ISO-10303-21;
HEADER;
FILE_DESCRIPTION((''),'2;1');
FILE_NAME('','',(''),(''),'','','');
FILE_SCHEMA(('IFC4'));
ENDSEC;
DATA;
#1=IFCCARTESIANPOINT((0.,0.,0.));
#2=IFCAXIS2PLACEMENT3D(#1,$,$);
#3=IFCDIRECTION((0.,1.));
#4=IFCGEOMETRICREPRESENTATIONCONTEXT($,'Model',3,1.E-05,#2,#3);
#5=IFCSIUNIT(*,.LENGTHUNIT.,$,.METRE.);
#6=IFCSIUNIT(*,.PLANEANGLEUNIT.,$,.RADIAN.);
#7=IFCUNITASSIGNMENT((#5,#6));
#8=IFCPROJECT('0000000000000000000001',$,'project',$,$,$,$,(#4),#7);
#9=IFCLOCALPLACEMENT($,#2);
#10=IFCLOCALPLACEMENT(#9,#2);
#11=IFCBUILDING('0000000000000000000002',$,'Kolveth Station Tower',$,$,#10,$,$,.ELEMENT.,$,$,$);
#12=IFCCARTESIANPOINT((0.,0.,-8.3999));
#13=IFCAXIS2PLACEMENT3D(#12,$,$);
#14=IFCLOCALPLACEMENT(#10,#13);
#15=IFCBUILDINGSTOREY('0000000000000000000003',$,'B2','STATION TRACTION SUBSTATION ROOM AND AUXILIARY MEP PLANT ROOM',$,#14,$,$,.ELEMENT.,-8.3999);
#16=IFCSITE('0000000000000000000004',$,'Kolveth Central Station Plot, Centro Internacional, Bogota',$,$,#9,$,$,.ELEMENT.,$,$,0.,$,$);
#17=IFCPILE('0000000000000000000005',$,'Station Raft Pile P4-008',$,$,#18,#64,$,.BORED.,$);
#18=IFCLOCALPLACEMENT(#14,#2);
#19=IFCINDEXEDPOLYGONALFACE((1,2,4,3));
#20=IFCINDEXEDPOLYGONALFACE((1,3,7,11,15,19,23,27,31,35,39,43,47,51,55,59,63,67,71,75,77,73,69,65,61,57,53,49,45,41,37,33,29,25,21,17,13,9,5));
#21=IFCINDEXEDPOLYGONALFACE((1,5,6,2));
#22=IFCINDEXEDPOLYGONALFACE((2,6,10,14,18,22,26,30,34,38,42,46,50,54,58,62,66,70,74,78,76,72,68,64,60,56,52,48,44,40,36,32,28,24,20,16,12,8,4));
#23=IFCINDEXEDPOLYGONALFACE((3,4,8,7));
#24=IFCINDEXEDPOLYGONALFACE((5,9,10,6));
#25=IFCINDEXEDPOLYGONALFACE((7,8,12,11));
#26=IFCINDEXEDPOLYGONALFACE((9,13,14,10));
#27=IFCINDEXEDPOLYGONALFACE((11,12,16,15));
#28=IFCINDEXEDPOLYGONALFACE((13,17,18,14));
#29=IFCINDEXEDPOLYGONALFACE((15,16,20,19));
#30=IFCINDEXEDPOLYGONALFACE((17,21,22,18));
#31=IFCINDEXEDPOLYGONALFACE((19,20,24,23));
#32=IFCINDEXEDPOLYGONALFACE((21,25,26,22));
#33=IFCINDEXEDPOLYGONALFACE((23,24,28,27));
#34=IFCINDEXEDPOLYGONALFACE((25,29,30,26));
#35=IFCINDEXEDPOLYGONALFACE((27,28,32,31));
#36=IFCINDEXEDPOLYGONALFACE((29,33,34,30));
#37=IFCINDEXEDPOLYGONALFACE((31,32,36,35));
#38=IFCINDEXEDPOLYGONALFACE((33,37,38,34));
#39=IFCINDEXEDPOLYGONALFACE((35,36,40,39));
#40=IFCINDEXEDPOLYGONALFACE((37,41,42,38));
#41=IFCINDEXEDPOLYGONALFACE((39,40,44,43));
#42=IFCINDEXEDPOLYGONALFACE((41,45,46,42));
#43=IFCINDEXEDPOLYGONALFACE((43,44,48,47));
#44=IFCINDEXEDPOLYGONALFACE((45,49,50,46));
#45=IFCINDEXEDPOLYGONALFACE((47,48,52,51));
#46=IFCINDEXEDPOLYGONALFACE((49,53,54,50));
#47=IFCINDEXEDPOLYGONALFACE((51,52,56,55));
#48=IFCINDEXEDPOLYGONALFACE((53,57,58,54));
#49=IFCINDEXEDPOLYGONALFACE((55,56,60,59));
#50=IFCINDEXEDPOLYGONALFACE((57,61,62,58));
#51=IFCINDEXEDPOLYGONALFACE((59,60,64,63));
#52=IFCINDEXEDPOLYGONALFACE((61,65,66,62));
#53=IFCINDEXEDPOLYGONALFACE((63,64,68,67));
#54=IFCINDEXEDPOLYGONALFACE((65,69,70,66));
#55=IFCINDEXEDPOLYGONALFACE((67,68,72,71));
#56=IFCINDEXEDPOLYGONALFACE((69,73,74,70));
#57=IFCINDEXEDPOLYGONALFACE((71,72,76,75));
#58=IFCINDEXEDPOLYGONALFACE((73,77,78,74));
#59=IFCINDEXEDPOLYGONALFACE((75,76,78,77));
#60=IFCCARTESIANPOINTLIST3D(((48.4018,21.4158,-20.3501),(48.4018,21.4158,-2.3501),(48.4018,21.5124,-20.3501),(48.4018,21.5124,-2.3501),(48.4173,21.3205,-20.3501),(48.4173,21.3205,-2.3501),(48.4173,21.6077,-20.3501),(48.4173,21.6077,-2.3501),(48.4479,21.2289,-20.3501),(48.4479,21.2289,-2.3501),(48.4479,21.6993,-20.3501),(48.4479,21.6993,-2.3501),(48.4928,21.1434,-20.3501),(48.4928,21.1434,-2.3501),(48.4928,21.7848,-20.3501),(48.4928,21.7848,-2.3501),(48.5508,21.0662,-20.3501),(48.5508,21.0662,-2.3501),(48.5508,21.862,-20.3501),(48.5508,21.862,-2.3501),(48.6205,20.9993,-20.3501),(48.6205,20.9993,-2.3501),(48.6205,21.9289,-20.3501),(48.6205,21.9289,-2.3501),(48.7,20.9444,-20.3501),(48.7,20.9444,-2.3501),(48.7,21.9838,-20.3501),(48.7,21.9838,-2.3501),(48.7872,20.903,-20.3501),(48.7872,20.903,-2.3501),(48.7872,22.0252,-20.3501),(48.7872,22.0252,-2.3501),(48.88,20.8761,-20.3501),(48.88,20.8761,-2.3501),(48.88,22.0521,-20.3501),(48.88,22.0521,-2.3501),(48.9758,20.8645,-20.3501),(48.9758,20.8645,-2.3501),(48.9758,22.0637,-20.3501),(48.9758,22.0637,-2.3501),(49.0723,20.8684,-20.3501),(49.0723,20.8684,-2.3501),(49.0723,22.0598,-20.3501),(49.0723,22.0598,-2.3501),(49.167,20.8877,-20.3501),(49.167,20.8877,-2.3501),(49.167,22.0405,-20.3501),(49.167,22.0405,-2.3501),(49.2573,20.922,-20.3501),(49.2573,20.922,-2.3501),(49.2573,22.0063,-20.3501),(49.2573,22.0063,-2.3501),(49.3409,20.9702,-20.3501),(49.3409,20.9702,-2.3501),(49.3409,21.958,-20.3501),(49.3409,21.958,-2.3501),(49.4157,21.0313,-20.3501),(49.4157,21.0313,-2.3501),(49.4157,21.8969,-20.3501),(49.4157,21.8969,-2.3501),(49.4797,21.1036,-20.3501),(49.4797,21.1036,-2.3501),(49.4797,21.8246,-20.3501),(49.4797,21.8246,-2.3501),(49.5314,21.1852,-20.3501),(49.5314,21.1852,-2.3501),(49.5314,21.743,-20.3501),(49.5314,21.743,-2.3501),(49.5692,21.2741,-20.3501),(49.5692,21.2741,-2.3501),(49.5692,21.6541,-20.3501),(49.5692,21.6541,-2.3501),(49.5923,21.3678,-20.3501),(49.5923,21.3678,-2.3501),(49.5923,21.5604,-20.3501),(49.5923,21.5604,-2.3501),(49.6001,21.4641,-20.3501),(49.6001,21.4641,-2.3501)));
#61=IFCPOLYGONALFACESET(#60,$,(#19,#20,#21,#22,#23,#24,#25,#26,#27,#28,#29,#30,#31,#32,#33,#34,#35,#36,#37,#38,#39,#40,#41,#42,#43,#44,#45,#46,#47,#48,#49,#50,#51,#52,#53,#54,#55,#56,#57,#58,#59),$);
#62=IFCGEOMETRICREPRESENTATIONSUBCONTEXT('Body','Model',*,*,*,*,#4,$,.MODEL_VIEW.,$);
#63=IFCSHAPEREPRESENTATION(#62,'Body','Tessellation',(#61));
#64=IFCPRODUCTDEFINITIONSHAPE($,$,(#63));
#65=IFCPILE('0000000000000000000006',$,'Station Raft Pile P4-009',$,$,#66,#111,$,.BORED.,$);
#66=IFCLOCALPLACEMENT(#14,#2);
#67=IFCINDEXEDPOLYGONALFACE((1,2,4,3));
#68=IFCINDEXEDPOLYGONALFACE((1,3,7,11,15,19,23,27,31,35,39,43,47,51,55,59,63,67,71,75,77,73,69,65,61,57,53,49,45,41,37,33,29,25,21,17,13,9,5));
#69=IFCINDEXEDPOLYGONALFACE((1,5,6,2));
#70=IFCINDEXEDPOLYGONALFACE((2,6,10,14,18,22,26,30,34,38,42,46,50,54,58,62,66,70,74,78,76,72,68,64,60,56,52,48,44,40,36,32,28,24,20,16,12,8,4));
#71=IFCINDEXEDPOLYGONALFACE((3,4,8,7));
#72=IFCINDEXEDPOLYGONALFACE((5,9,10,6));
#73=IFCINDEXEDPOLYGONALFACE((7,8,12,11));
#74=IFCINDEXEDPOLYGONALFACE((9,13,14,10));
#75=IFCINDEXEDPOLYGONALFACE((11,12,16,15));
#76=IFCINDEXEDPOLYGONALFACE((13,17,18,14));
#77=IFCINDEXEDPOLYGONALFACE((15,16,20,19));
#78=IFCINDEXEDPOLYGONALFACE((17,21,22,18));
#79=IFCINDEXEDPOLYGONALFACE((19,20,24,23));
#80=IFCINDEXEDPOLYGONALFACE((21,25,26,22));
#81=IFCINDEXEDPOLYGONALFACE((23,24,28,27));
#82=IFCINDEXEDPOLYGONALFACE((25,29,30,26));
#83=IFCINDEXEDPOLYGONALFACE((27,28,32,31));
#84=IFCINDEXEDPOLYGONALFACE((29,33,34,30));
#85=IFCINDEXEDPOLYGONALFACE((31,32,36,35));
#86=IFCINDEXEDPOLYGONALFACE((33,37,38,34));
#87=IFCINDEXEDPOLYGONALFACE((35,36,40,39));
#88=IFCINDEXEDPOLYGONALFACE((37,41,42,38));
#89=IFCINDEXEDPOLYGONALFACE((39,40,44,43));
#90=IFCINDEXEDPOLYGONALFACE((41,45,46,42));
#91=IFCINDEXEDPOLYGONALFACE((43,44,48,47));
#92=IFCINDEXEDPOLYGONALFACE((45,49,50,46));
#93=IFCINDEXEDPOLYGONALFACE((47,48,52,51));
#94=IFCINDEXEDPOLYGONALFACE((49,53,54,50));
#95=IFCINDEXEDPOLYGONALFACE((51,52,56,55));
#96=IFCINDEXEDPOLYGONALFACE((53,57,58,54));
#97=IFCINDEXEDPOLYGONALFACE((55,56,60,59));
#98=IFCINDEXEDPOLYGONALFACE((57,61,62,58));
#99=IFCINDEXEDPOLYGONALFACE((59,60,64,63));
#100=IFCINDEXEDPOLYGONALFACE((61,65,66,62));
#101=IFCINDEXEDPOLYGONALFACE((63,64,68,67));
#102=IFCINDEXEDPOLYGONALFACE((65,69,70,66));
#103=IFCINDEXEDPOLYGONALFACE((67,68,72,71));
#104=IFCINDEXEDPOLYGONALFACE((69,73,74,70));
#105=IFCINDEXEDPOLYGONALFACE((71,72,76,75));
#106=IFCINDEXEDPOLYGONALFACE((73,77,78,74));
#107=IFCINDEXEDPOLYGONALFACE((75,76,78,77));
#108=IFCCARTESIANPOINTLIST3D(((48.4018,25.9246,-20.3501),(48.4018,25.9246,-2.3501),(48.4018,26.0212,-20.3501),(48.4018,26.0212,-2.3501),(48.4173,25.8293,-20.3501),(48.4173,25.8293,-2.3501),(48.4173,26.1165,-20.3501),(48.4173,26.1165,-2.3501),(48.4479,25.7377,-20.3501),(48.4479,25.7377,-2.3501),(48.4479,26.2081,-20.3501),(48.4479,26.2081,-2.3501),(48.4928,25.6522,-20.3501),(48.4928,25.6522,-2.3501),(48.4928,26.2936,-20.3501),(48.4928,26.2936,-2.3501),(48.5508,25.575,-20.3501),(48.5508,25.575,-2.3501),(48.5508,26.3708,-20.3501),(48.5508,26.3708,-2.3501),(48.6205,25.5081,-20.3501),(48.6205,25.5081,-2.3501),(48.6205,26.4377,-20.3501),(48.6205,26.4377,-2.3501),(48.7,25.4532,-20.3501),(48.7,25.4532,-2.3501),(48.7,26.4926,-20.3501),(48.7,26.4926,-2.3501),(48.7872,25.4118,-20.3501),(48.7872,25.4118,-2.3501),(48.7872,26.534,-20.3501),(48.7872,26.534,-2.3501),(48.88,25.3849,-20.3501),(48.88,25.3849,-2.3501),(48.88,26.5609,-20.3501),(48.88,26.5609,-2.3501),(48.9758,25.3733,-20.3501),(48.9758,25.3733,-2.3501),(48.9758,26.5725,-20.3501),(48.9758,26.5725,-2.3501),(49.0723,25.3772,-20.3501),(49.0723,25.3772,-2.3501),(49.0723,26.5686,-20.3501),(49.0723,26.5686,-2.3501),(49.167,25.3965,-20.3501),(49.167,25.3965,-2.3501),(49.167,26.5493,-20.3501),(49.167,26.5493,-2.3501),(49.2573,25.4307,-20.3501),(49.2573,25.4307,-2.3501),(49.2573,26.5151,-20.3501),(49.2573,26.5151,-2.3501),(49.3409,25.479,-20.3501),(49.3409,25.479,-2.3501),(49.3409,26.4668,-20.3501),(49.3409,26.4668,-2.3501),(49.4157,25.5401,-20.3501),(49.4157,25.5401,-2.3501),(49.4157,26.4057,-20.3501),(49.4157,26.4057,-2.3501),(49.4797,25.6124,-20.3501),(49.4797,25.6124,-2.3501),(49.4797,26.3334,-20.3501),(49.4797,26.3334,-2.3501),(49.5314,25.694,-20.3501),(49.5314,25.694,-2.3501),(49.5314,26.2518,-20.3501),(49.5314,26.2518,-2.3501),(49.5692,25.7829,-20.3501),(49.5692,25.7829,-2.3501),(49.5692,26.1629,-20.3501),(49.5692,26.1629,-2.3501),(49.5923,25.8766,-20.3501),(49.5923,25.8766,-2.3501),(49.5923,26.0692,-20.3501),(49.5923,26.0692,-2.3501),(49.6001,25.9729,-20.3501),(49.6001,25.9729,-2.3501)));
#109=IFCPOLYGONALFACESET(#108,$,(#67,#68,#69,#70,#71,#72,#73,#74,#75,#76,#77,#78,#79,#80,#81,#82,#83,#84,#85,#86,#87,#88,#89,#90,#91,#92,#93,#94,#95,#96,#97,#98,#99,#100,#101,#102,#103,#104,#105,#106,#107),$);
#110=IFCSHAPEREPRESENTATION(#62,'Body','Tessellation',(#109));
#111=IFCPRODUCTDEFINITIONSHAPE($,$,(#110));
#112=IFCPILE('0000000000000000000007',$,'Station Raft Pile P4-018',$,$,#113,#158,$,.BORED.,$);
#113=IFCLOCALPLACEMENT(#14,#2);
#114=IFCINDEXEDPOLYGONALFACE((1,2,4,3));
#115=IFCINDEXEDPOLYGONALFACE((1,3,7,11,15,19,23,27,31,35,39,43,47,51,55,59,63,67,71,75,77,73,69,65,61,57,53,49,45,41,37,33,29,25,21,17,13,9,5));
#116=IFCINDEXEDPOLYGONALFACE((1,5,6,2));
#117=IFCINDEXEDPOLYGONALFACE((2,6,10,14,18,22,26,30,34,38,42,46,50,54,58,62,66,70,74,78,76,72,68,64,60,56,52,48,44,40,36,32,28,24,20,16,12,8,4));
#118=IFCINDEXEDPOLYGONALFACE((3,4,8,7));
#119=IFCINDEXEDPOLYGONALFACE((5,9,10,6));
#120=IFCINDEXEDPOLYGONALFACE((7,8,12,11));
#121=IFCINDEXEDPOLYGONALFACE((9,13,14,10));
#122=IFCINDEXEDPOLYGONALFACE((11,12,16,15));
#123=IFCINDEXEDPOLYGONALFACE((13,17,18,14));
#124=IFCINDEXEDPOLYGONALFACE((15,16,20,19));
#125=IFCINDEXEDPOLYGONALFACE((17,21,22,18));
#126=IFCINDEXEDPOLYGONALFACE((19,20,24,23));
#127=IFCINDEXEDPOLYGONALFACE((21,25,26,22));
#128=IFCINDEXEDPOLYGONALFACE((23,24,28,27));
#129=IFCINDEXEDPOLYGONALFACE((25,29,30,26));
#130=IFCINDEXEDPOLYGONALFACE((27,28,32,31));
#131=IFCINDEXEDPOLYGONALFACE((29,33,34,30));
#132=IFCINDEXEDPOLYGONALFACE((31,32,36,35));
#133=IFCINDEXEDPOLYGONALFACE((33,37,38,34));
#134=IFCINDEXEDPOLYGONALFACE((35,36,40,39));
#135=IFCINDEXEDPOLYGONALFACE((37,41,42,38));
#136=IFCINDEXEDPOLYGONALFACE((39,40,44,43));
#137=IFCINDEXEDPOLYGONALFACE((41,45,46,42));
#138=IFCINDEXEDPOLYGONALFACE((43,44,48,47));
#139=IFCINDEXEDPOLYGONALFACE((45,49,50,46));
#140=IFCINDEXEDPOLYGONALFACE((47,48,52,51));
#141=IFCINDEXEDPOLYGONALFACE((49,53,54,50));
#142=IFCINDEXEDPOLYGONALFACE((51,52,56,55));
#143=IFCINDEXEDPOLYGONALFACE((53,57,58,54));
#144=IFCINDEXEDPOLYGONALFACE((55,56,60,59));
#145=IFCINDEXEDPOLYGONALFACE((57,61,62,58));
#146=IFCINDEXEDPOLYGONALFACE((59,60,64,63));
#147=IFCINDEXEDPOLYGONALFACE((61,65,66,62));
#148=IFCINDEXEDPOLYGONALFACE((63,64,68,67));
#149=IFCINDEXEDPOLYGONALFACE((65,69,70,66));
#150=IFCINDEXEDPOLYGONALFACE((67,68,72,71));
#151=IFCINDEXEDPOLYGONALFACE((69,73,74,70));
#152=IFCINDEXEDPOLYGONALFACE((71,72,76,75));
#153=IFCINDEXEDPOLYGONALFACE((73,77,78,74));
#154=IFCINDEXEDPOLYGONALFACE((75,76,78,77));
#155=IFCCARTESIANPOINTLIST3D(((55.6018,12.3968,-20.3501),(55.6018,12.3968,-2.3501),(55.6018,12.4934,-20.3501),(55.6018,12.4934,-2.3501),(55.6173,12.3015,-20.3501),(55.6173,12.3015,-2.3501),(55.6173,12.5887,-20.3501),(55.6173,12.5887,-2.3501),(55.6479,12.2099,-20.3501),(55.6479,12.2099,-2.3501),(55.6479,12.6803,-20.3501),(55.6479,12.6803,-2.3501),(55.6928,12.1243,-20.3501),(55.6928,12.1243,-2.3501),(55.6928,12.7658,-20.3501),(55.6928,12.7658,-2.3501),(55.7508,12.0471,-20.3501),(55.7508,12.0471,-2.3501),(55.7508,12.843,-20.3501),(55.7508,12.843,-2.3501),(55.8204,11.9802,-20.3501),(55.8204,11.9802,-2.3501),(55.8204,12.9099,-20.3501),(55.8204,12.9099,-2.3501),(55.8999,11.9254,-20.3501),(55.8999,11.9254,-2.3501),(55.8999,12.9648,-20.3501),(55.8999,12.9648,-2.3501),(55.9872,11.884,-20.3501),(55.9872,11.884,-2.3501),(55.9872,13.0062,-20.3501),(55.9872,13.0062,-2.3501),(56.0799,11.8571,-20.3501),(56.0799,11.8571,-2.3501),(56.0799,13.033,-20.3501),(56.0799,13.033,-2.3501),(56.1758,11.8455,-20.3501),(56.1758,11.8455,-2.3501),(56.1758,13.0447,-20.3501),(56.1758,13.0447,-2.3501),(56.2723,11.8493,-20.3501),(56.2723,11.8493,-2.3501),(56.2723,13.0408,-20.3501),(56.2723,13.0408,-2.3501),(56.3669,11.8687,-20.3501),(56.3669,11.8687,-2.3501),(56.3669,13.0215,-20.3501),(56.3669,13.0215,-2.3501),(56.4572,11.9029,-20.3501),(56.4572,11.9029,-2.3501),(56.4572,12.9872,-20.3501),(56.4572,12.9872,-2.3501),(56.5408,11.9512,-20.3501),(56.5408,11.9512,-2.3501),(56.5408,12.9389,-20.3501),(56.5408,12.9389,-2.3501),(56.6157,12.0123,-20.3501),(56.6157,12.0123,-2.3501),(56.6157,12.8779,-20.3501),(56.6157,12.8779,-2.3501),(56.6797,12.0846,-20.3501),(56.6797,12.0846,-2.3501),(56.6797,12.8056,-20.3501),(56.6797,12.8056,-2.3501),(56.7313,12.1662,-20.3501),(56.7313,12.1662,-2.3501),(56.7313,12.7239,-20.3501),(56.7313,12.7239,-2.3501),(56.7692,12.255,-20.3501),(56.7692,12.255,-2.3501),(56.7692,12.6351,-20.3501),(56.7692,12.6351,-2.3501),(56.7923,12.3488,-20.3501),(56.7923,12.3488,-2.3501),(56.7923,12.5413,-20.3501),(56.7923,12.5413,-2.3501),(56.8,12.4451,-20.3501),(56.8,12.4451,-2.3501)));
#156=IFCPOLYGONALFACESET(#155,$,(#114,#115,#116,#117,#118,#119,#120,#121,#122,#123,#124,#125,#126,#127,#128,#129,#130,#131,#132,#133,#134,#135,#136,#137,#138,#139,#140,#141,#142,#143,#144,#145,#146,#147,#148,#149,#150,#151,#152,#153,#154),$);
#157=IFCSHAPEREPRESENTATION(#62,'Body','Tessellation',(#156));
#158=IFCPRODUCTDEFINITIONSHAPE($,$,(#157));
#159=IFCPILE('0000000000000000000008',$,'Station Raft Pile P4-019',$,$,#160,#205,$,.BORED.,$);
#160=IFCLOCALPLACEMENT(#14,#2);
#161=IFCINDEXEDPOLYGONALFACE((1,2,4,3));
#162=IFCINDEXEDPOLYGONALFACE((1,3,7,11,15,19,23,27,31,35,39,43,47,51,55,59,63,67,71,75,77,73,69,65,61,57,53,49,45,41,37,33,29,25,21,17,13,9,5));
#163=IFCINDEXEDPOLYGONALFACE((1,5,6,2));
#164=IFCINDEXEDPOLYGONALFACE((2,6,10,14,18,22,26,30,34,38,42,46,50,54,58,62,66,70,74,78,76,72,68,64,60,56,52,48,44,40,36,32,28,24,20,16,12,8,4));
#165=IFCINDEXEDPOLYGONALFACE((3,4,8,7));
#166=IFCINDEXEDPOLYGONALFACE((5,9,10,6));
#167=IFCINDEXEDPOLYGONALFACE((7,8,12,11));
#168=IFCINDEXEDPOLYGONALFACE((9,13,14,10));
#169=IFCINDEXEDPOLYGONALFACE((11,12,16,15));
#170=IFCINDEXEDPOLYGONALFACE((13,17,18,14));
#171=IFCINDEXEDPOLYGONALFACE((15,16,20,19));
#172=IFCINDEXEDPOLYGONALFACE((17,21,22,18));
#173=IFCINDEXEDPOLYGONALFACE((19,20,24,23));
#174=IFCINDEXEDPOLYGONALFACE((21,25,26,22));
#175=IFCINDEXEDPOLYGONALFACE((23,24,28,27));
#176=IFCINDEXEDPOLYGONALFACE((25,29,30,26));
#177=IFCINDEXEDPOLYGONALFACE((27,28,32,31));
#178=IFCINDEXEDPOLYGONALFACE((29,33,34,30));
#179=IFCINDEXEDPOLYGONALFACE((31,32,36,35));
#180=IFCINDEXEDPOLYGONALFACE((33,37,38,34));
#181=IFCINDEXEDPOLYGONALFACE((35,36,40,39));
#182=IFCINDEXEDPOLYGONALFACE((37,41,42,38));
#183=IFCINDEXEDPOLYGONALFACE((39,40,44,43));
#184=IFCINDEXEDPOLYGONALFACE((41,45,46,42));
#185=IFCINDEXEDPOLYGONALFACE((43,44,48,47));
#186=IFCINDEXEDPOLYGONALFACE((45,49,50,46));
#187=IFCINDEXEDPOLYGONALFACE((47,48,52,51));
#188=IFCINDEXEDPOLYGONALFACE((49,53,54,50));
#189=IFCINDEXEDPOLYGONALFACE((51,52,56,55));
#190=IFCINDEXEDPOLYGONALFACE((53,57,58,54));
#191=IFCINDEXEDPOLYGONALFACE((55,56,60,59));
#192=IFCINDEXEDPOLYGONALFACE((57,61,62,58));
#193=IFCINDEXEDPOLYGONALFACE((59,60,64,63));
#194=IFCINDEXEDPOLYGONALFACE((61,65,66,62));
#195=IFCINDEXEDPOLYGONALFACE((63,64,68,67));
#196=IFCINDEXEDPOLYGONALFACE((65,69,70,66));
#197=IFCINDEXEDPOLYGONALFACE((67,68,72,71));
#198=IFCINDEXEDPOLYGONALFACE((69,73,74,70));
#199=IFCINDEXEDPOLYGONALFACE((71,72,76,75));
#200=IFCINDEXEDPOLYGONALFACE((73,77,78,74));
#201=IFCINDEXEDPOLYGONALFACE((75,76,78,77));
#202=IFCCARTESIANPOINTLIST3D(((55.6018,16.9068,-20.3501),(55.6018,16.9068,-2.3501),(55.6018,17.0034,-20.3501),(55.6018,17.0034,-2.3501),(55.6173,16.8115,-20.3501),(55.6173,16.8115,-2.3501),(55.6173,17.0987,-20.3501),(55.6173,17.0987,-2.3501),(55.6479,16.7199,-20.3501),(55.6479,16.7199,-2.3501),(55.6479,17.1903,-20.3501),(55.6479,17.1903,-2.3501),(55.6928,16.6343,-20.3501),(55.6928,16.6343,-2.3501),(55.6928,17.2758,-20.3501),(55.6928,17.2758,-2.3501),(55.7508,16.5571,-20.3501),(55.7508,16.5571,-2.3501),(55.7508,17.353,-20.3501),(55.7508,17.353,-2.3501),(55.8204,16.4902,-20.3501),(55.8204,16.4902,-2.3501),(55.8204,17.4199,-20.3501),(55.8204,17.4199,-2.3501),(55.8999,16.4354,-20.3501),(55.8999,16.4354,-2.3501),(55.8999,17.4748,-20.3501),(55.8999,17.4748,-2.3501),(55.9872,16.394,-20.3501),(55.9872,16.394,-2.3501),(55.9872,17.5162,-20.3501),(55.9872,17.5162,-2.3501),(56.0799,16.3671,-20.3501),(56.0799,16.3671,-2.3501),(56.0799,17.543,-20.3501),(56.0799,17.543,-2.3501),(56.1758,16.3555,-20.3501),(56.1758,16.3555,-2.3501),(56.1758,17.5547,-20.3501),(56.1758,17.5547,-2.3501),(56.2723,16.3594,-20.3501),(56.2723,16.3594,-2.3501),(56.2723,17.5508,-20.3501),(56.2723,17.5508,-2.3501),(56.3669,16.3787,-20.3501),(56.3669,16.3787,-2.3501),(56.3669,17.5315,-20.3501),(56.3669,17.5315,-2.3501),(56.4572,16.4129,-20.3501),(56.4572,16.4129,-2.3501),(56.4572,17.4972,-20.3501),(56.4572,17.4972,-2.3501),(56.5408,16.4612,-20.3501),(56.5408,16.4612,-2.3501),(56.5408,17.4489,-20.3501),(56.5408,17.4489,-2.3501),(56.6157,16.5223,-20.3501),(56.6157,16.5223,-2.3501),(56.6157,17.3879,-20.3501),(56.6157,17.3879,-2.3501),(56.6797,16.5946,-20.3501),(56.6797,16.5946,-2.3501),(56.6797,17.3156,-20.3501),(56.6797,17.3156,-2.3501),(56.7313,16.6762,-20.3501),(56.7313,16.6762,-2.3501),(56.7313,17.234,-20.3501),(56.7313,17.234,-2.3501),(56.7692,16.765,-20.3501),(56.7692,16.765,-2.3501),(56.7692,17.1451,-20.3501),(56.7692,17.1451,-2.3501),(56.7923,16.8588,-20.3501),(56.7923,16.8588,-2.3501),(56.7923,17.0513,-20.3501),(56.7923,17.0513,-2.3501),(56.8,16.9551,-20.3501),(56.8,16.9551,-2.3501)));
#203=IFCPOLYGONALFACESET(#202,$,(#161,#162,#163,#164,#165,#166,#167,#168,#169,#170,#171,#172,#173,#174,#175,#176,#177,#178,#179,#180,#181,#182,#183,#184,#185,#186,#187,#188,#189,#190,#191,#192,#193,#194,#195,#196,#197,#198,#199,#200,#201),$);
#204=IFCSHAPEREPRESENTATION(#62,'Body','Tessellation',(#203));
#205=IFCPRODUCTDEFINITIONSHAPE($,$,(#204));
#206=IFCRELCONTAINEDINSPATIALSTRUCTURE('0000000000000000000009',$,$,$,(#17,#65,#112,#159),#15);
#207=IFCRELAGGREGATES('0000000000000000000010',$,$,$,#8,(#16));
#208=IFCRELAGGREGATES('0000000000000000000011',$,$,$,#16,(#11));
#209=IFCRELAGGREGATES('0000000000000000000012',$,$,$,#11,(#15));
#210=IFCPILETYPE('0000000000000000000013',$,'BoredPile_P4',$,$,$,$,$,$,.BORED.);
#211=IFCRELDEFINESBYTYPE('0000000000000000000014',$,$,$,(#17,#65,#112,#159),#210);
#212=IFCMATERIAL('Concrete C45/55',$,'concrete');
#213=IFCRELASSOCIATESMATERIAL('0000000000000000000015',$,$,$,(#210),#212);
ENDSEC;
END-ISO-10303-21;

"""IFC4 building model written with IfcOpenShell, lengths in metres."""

from ifc_helpers import new_model, si_unit, direction, frame, origin, origin_2d, place, context, subcontext, project, spatial, circle, extrude, source, transform, mapped, material, material_profile, profile_set, type_object, element, save


model = new_model("IFC4")

# Units and contexts
model_context = context("Model", 3, precision=1e-05, world=origin(), true_north=direction((0.0, 1.0)))
body_context = subcontext(model_context, "Body", "Model", "MODEL_VIEW")
ifc_project = project(units=[si_unit("LENGTHUNIT", "METRE"), si_unit("PLANEANGLEUNIT", "RADIAN")], contexts=[model_context])

# Site, building, storey
site_placement = place(None, origin())
site = spatial("IfcSite", under=ifc_project, at=site_placement, Name="Kolveth Central Station Plot, Centro Internacional, Bogota", CompositionType="ELEMENT", RefElevation=0.0)
building_placement = place(site_placement, origin())
building = spatial("IfcBuilding", under=site, at=building_placement, Name="Kolveth Station Tower", CompositionType="ELEMENT")
storey_placement = place(building_placement, frame((0.0, 0.0, -8.3999)))
storey = spatial("IfcBuildingStorey", under=building, at=storey_placement, Name="B2", Description="STATION TRACTION SUBSTATION ROOM AND AUXILIARY MEP PLANT ROOM", CompositionType="ELEMENT", Elevation=-8.3999)

# Piles
ifc_material_1 = material(Name="Concrete C45/55", Category="concrete")
ifc_material_profile_1 = material_profile(ifc_material_1, circle(Radius=0.6001, at=origin_2d()), Name="PILE-D1200")
ifc_profile_set_1 = profile_set([ifc_material_profile_1], Name="Concrete C45/55")
pile_type = type_object("IfcPileType", Name="BoredPile_P4", PredefinedType="BORED", material=ifc_profile_set_1)
shared_shape_1 = source(origin(), body_context, "Body", "SweptSolid", [
    extrude(circle(Radius=0.6001, at=origin_2d()), origin(), (0.0, 0.0, 1.0), 18.0),
])
for number, where, z_axis, x_axis, name in (
    (1, (49.0, 21.4641, -2.3501), (0.0, 0.0, -1.0), (1.0, 0.0, 0.0), "Station Raft Pile P4-008"),
    (2, (49.0, 25.9729, -2.3501), (0.0, 0.0, -1.0), (1.0, 0.0, 0.0), "Station Raft Pile P4-009"),
    (3, (56.2, 12.4451, -2.3501), (0.0, 0.0, -1.0), (1.0, 0.0, 0.0), "Station Raft Pile P4-018"),
    (4, (56.2, 16.9551, -2.3501), (0.0, 0.0, -1.0), (1.0, 0.0, 0.0), "Station Raft Pile P4-019"),
):
    element("IfcPile", number, at=place(storey_placement, frame(where, z_axis=z_axis, x_axis=x_axis)), inside=storey, type_object=pile_type, Name=name, PredefinedType="BORED", context=body_context, shape_type="MappedRepresentation", body=[
        mapped(shared_shape_1, transform((0.0, 0.0, 0.0), x_axis=(1.0, 0.0, 0.0), y_axis=(0.0, 1.0, 0.0), z_axis=(0.0, 0.0, 1.0), scale=1.0)),
    ])

save(model, "model.ifc")
